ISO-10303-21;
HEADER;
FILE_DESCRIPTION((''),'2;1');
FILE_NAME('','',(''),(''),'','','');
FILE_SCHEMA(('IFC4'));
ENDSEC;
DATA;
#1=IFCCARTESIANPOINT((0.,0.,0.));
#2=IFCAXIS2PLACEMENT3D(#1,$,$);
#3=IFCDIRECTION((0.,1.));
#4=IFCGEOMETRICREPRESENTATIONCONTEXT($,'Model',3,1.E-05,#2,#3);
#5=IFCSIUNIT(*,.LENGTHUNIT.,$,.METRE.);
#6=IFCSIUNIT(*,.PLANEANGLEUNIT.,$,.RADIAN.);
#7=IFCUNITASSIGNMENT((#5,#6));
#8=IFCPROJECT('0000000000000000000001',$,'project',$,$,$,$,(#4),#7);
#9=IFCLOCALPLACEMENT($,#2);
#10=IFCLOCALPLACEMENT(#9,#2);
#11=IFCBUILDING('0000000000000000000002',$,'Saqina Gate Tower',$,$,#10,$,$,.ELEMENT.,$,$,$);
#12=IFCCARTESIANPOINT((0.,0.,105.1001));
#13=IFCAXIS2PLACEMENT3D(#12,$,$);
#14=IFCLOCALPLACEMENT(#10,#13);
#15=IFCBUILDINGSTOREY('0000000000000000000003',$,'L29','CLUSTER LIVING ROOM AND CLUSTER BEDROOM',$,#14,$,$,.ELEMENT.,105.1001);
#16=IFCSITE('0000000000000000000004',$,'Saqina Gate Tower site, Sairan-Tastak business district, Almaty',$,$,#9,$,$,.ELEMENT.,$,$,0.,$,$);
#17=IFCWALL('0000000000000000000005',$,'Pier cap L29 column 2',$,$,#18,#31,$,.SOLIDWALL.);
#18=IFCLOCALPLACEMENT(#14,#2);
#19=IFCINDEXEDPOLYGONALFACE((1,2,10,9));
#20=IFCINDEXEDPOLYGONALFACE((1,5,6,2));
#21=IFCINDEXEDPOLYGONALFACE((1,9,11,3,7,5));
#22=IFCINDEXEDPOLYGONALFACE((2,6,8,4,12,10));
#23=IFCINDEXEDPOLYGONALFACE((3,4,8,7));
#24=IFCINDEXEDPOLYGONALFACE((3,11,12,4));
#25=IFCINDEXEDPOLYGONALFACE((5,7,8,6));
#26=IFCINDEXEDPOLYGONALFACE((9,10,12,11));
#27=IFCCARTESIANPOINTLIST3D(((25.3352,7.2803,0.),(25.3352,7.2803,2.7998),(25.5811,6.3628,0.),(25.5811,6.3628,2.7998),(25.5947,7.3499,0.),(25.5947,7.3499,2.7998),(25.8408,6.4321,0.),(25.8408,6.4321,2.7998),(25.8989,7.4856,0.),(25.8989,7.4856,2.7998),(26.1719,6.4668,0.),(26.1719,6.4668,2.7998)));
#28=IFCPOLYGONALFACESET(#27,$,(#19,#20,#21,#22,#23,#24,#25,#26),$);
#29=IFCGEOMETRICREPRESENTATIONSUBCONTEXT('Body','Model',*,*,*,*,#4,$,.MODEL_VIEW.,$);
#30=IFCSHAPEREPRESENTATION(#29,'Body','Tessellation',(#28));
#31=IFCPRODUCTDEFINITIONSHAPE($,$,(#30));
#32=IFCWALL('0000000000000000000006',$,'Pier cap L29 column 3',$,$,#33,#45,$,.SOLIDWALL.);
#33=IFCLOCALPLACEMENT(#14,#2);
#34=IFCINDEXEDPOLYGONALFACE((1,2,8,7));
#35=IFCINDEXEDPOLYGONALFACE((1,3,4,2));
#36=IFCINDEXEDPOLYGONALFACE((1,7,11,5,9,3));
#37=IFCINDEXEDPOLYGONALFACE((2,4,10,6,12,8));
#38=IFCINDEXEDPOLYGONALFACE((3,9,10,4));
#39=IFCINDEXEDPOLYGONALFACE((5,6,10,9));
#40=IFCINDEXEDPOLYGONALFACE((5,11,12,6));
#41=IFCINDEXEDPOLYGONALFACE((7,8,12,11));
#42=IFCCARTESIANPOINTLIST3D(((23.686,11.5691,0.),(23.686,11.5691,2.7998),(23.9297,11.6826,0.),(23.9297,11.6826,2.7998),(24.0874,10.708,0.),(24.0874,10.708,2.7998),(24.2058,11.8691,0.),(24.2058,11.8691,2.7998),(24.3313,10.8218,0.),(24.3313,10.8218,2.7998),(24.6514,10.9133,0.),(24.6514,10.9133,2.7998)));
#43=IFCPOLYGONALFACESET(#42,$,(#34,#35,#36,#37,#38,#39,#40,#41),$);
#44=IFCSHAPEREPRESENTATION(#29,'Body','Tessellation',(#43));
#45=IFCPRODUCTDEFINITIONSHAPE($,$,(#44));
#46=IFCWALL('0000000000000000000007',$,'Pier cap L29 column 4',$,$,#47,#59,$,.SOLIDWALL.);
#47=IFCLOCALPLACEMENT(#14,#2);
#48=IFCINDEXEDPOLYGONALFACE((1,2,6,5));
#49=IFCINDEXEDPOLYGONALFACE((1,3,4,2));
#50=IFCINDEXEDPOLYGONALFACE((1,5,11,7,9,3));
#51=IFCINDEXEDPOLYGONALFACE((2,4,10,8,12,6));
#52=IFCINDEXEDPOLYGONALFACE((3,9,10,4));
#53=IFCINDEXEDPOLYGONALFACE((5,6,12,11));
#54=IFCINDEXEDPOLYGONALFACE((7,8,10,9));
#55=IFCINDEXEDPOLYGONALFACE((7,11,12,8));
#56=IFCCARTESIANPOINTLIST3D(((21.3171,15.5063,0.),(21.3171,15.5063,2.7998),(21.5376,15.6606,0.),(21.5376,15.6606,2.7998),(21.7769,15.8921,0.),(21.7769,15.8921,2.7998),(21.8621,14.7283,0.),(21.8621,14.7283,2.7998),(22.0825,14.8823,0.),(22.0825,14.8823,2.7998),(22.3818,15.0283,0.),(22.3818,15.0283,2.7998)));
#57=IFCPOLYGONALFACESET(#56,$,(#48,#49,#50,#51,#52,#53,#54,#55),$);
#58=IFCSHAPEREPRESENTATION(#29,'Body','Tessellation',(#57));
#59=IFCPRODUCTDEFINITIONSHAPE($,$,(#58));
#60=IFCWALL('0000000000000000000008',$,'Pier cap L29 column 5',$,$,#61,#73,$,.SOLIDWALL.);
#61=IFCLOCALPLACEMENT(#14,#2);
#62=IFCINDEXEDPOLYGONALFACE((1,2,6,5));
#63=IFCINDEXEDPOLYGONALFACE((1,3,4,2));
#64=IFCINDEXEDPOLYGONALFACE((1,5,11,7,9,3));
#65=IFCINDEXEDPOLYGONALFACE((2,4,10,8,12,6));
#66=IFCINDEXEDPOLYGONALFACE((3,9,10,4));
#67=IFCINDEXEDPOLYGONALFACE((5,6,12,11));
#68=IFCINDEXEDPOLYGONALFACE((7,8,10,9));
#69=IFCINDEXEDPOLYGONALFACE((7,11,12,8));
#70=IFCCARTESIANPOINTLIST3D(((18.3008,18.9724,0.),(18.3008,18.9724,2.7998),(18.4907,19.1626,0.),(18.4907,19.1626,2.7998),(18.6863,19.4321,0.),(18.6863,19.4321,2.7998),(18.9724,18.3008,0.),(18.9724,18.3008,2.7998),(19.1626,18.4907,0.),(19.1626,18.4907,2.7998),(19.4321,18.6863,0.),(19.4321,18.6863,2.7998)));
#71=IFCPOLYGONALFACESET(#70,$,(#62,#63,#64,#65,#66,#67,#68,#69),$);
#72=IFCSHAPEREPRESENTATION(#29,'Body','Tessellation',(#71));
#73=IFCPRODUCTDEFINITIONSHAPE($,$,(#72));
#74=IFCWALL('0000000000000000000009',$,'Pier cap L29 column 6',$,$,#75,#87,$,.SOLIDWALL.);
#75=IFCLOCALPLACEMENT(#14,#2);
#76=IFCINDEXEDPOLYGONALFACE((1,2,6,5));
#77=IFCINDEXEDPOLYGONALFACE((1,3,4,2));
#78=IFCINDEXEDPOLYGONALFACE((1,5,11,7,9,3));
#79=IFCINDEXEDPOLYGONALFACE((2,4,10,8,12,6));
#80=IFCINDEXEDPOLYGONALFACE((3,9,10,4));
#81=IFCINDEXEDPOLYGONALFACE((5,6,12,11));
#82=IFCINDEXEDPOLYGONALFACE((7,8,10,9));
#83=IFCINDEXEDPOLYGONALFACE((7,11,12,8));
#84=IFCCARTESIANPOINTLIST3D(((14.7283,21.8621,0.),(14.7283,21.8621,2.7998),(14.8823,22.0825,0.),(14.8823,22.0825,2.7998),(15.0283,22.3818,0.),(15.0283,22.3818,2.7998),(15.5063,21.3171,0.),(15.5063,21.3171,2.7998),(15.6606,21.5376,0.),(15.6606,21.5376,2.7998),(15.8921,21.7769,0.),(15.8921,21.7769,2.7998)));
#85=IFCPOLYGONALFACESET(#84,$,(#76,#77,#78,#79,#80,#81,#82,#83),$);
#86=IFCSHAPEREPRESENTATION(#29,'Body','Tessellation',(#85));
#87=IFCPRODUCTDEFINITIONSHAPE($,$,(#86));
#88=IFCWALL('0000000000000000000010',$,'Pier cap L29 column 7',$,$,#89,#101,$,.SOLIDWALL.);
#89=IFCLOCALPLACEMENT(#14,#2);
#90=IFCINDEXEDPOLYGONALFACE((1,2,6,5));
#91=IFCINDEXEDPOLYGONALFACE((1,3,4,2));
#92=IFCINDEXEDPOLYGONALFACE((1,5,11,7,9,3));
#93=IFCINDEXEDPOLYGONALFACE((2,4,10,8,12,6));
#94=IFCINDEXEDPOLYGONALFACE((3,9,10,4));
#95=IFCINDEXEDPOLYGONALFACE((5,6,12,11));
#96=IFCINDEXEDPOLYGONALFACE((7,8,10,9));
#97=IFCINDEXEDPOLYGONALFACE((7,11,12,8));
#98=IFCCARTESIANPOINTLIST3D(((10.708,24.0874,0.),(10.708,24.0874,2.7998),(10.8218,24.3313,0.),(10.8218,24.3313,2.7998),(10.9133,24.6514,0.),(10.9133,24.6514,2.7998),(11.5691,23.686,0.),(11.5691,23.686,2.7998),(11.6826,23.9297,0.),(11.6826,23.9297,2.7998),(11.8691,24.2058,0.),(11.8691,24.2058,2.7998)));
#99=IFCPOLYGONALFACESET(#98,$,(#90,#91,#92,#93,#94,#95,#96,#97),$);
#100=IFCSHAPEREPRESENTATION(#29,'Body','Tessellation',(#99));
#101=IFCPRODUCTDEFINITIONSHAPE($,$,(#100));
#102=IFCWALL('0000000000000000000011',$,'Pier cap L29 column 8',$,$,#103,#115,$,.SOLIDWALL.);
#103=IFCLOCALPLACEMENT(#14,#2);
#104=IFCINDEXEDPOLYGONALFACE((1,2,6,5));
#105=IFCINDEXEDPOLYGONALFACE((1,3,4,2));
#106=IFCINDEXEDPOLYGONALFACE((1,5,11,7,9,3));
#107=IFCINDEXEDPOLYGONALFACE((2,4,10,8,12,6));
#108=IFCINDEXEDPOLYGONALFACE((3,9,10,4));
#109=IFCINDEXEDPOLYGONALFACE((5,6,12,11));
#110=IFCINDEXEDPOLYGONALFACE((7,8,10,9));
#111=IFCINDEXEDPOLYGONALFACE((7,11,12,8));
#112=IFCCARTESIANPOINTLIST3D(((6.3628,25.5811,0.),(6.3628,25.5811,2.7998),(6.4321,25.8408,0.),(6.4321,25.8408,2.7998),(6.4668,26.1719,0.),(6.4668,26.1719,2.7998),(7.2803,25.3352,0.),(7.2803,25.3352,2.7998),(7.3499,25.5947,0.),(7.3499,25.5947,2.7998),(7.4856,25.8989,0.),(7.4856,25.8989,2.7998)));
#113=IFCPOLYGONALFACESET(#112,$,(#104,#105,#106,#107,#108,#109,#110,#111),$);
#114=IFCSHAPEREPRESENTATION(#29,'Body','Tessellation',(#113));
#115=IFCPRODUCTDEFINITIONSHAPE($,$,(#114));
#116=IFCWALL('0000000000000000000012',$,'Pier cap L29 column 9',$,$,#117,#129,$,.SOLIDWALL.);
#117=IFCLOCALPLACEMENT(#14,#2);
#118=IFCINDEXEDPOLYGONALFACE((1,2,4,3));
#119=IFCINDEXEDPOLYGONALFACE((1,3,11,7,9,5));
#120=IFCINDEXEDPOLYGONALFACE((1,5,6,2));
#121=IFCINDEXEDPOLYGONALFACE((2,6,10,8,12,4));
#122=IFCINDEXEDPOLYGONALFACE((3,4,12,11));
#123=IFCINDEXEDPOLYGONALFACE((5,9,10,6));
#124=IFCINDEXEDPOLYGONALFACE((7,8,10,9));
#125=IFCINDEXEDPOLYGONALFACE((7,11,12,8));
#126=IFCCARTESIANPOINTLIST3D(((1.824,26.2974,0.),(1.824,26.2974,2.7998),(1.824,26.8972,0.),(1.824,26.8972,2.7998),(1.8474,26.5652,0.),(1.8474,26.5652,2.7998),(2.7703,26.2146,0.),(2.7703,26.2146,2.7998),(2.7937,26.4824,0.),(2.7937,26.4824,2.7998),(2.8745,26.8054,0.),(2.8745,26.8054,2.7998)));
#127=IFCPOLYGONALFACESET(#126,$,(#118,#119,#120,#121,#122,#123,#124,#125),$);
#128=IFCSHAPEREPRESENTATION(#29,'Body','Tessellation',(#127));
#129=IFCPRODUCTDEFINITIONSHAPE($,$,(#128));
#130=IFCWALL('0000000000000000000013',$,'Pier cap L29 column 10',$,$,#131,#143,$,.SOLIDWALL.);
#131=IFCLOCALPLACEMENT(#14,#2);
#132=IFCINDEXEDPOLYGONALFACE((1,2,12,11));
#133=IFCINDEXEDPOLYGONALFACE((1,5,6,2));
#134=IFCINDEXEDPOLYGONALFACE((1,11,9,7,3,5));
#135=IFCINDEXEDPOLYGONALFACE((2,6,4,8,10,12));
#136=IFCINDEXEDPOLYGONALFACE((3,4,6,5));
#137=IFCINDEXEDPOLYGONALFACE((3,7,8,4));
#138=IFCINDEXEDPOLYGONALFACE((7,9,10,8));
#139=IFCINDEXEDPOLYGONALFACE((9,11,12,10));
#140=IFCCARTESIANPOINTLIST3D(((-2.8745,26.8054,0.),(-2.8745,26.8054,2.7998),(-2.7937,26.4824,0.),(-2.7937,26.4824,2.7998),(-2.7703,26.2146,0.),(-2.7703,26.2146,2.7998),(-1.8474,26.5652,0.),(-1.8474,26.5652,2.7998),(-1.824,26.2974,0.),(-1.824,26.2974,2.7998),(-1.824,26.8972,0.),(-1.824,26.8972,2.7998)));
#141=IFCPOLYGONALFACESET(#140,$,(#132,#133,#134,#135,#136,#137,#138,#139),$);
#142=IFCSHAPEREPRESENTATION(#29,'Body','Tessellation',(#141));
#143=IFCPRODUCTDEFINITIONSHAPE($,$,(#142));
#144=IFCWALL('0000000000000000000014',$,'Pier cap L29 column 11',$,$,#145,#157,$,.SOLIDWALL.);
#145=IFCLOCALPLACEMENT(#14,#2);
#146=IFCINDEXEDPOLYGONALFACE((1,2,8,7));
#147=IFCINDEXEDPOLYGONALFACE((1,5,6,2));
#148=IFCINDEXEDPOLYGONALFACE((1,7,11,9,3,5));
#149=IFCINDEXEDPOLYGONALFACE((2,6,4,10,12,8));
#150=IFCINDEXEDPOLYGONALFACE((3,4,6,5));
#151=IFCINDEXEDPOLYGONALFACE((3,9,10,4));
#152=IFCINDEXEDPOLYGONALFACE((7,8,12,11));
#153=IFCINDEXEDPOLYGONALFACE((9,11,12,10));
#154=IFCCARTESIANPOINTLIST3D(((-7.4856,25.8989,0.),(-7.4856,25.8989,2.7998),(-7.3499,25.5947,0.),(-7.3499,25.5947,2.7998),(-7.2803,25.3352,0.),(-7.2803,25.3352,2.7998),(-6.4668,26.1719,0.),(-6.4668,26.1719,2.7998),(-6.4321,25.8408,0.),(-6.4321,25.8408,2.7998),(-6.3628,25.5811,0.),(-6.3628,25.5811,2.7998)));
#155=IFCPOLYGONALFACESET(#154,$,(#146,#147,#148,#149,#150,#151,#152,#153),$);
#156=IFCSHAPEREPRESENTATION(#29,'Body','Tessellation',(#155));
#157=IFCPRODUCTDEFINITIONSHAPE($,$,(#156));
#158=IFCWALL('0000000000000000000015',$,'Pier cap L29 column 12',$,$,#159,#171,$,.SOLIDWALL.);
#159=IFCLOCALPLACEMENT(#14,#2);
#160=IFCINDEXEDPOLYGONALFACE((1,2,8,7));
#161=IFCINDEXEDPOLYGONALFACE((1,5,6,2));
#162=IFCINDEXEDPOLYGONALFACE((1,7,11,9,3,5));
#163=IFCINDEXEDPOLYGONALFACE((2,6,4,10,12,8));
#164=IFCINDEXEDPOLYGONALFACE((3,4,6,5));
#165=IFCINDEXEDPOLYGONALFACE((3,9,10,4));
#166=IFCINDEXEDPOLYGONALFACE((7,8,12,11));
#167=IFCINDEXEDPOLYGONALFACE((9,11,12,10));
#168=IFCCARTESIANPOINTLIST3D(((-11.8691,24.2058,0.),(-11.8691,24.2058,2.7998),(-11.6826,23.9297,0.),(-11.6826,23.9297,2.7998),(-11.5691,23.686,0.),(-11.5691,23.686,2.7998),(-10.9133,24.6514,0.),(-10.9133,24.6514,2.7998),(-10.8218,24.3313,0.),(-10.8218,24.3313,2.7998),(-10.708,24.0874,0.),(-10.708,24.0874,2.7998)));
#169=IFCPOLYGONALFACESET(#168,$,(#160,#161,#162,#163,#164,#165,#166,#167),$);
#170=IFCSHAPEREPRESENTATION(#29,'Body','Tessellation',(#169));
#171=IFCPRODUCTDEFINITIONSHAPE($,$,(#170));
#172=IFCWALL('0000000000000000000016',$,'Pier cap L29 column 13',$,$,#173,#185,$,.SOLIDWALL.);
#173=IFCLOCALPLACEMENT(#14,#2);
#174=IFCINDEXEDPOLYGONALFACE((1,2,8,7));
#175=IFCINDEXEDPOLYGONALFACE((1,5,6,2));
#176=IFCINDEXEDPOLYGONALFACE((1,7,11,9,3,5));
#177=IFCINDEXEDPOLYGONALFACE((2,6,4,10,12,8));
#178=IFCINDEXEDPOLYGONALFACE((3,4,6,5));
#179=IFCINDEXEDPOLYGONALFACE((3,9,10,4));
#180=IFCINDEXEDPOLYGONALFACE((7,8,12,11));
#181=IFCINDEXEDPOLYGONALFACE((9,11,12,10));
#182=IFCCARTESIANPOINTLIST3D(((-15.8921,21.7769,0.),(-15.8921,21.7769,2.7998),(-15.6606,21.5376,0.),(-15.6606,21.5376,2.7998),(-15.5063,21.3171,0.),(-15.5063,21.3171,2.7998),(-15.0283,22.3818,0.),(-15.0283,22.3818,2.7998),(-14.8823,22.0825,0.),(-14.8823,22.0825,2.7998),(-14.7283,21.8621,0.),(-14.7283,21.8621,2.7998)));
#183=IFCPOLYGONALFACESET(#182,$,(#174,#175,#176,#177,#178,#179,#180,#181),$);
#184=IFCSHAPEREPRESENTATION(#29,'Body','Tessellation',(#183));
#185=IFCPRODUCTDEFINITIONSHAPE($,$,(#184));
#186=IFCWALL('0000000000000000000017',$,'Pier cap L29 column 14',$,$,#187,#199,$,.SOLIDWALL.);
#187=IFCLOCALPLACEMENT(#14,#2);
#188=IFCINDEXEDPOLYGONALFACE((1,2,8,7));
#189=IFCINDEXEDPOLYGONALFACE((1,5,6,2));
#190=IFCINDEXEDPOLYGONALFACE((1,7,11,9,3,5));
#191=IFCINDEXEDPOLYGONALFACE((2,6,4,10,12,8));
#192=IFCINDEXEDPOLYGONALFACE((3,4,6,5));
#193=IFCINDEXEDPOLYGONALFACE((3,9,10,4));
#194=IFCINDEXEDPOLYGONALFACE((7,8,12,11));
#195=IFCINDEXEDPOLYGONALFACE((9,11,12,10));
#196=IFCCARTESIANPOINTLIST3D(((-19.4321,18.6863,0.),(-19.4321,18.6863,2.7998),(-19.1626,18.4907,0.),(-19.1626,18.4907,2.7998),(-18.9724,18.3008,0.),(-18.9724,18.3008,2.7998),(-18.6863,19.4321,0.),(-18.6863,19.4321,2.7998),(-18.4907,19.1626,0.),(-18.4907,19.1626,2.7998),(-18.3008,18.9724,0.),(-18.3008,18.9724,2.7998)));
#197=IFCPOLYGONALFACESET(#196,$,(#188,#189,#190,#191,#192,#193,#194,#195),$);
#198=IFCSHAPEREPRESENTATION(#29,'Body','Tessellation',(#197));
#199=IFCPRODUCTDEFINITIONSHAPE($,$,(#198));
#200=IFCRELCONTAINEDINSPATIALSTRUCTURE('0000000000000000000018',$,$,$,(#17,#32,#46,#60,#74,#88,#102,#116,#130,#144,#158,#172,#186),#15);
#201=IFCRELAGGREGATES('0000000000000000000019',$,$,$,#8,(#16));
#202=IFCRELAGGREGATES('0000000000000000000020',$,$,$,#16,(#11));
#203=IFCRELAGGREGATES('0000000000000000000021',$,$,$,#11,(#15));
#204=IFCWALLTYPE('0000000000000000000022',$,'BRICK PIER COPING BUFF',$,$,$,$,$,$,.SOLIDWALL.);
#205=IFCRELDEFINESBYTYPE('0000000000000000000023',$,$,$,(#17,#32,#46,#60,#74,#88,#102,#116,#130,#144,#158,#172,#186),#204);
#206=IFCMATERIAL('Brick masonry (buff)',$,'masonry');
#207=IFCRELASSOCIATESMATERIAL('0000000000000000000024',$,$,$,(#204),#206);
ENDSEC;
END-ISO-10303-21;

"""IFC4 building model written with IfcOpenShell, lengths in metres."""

from ifc_helpers import new_model, si_unit, direction, frame, origin, place, context, subcontext, project, spatial, polyline, outline, extrude, material, type_object, element, save


model = new_model("IFC4")

# Units and contexts
model_context = context("Model", 3, precision=1e-05, world=origin(), true_north=direction((0.0, 1.0)))
body_context = subcontext(model_context, "Body", "Model", "MODEL_VIEW")
ifc_project = project(units=[si_unit("LENGTHUNIT", "METRE"), si_unit("PLANEANGLEUNIT", "RADIAN")], contexts=[model_context])

# Site, building, storey
site_placement = place(None, origin())
site = spatial("IfcSite", under=ifc_project, at=site_placement, Name="Saqina Gate Tower site, Sairan-Tastak business district, Almaty", CompositionType="ELEMENT", RefElevation=0.0)
building_placement = place(site_placement, origin())
building = spatial("IfcBuilding", under=site, at=building_placement, Name="Saqina Gate Tower", CompositionType="ELEMENT")
storey_placement = place(building_placement, frame((0.0, 0.0, 105.1001)))
storey = spatial("IfcBuildingStorey", under=building, at=storey_placement, Name="L29", Description="CLUSTER LIVING ROOM AND CLUSTER BEDROOM", CompositionType="ELEMENT", Elevation=105.1001)

# Walls
ifc_material_1 = material(Name="Brick masonry (buff)", Category="masonry")
wall_type_1 = type_object("IfcWallType", Name="BRICK PIER COPING BUFF", PredefinedType="SOLIDWALL", material=ifc_material_1)
wall_1_placement = place(storey_placement, origin())
element("IfcWall", 1, at=wall_1_placement, inside=storey, type_object=wall_type_1, Name="Pier cap L29 column 2", PredefinedType="SOLIDWALL", context=body_context, shape_type="SweptSolid", body=[
    extrude(outline(polyline([(26.1719, 6.4668), (25.8989, 7.4856), (25.3352, 7.2803), (25.5947, 7.3499), (25.8408, 6.4321), (25.5811, 6.3628), (26.1719, 6.4668)])), origin(), (0.0, 0.0, 1.0), 2.7998),
])
wall_2_placement = place(storey_placement, origin())
element("IfcWall", 2, at=wall_2_placement, inside=storey, type_object=wall_type_1, Name="Pier cap L29 column 3", PredefinedType="SOLIDWALL", context=body_context, shape_type="SweptSolid", body=[
    extrude(outline(polyline([(24.6514, 10.9133), (24.2058, 11.8691), (23.686, 11.5691), (23.9297, 11.6826), (24.3313, 10.8218), (24.0874, 10.708), (24.6514, 10.9133)])), origin(), (0.0, 0.0, 1.0), 2.7998),
])
wall_3_placement = place(storey_placement, origin())
element("IfcWall", 3, at=wall_3_placement, inside=storey, type_object=wall_type_1, Name="Pier cap L29 column 4", PredefinedType="SOLIDWALL", context=body_context, shape_type="SweptSolid", body=[
    extrude(outline(polyline([(21.7769, 15.8921), (21.3171, 15.5063), (21.5376, 15.6606), (22.0825, 14.8823), (21.8621, 14.7283), (22.3818, 15.0283), (21.7769, 15.8921)])), origin(), (0.0, 0.0, 1.0), 2.7998),
])
wall_4_placement = place(storey_placement, origin())
element("IfcWall", 4, at=wall_4_placement, inside=storey, type_object=wall_type_1, Name="Pier cap L29 column 5", PredefinedType="SOLIDWALL", context=body_context, shape_type="SweptSolid", body=[
    extrude(outline(polyline([(19.4321, 18.6863), (18.6863, 19.4321), (18.3008, 18.9724), (18.4907, 19.1626), (19.1626, 18.4907), (18.9724, 18.3008), (19.4321, 18.6863)])), origin(), (0.0, 0.0, 1.0), 2.7998),
])
wall_5_placement = place(storey_placement, origin())
element("IfcWall", 5, at=wall_5_placement, inside=storey, type_object=wall_type_1, Name="Pier cap L29 column 6", PredefinedType="SOLIDWALL", context=body_context, shape_type="SweptSolid", body=[
    extrude(outline(polyline([(15.0283, 22.3818), (14.7283, 21.8621), (14.8823, 22.0825), (15.6606, 21.5376), (15.5063, 21.3171), (15.8921, 21.7769), (15.0283, 22.3818)])), origin(), (0.0, 0.0, 1.0), 2.7998),
])
wall_6_placement = place(storey_placement, origin())
element("IfcWall", 6, at=wall_6_placement, inside=storey, type_object=wall_type_1, Name="Pier cap L29 column 7", PredefinedType="SOLIDWALL", context=body_context, shape_type="SweptSolid", body=[
    extrude(outline(polyline([(10.9133, 24.6514), (10.708, 24.0874), (10.8218, 24.3313), (11.6826, 23.9297), (11.5691, 23.686), (11.8691, 24.2058), (10.9133, 24.6514)])), origin(), (0.0, 0.0, 1.0), 2.7998),
])
wall_7_placement = place(storey_placement, origin())
element("IfcWall", 7, at=wall_7_placement, inside=storey, type_object=wall_type_1, Name="Pier cap L29 column 8", PredefinedType="SOLIDWALL", context=body_context, shape_type="SweptSolid", body=[
    extrude(outline(polyline([(7.4856, 25.8989), (6.4668, 26.1719), (6.3628, 25.5811), (6.4321, 25.8408), (7.3499, 25.5947), (7.2803, 25.3352), (7.4856, 25.8989)])), origin(), (0.0, 0.0, 1.0), 2.7998),
])
wall_8_placement = place(storey_placement, origin())
element("IfcWall", 8, at=wall_8_placement, inside=storey, type_object=wall_type_1, Name="Pier cap L29 column 9", PredefinedType="SOLIDWALL", context=body_context, shape_type="SweptSolid", body=[
    extrude(outline(polyline([(2.8745, 26.8054), (1.824, 26.8972), (1.824, 26.2974), (1.8474, 26.5652), (2.7937, 26.4824), (2.7703, 26.2146), (2.8745, 26.8054)])), origin(), (0.0, 0.0, 1.0), 2.7998),
])
wall_9_placement = place(storey_placement, origin())
element("IfcWall", 9, at=wall_9_placement, inside=storey, type_object=wall_type_1, Name="Pier cap L29 column 10", PredefinedType="SOLIDWALL", context=body_context, shape_type="SweptSolid", body=[
    extrude(outline(polyline([(-2.8745, 26.8054), (-2.7703, 26.2146), (-2.7937, 26.4824), (-1.8474, 26.5652), (-1.824, 26.2974), (-1.824, 26.8972), (-2.8745, 26.8054)])), origin(), (0.0, 0.0, 1.0), 2.7998),
])
wall_10_placement = place(storey_placement, origin())
element("IfcWall", 10, at=wall_10_placement, inside=storey, type_object=wall_type_1, Name="Pier cap L29 column 11", PredefinedType="SOLIDWALL", context=body_context, shape_type="SweptSolid", body=[
    extrude(outline(polyline([(-6.4668, 26.1719), (-7.4856, 25.8989), (-7.2803, 25.3352), (-7.3499, 25.5947), (-6.4321, 25.8408), (-6.3628, 25.5811), (-6.4668, 26.1719)])), origin(), (0.0, 0.0, 1.0), 2.7998),
])
wall_11_placement = place(storey_placement, origin())
element("IfcWall", 11, at=wall_11_placement, inside=storey, type_object=wall_type_1, Name="Pier cap L29 column 12", PredefinedType="SOLIDWALL", context=body_context, shape_type="SweptSolid", body=[
    extrude(outline(polyline([(-10.9133, 24.6514), (-11.8691, 24.2058), (-11.5691, 23.686), (-11.6826, 23.9297), (-10.8218, 24.3313), (-10.708, 24.0874), (-10.9133, 24.6514)])), origin(), (0.0, 0.0, 1.0), 2.7998),
])
wall_12_placement = place(storey_placement, origin())
element("IfcWall", 12, at=wall_12_placement, inside=storey, type_object=wall_type_1, Name="Pier cap L29 column 13", PredefinedType="SOLIDWALL", context=body_context, shape_type="SweptSolid", body=[
    extrude(outline(polyline([(-15.8921, 21.7769), (-15.5063, 21.3171), (-15.6606, 21.5376), (-14.8823, 22.0825), (-14.7283, 21.8621), (-15.0283, 22.3818), (-15.8921, 21.7769)])), origin(), (0.0, 0.0, 1.0), 2.7998),
])
wall_13_placement = place(storey_placement, origin())
element("IfcWall", 13, at=wall_13_placement, inside=storey, type_object=wall_type_1, Name="Pier cap L29 column 14", PredefinedType="SOLIDWALL", context=body_context, shape_type="SweptSolid", body=[
    extrude(outline(polyline([(-18.6863, 19.4321), (-19.4321, 18.6863), (-18.9724, 18.3008), (-19.1626, 18.4907), (-18.4907, 19.1626), (-18.3008, 18.9724), (-18.6863, 19.4321)])), origin(), (0.0, 0.0, 1.0), 2.7998),
])

save(model, "model.ifc")
